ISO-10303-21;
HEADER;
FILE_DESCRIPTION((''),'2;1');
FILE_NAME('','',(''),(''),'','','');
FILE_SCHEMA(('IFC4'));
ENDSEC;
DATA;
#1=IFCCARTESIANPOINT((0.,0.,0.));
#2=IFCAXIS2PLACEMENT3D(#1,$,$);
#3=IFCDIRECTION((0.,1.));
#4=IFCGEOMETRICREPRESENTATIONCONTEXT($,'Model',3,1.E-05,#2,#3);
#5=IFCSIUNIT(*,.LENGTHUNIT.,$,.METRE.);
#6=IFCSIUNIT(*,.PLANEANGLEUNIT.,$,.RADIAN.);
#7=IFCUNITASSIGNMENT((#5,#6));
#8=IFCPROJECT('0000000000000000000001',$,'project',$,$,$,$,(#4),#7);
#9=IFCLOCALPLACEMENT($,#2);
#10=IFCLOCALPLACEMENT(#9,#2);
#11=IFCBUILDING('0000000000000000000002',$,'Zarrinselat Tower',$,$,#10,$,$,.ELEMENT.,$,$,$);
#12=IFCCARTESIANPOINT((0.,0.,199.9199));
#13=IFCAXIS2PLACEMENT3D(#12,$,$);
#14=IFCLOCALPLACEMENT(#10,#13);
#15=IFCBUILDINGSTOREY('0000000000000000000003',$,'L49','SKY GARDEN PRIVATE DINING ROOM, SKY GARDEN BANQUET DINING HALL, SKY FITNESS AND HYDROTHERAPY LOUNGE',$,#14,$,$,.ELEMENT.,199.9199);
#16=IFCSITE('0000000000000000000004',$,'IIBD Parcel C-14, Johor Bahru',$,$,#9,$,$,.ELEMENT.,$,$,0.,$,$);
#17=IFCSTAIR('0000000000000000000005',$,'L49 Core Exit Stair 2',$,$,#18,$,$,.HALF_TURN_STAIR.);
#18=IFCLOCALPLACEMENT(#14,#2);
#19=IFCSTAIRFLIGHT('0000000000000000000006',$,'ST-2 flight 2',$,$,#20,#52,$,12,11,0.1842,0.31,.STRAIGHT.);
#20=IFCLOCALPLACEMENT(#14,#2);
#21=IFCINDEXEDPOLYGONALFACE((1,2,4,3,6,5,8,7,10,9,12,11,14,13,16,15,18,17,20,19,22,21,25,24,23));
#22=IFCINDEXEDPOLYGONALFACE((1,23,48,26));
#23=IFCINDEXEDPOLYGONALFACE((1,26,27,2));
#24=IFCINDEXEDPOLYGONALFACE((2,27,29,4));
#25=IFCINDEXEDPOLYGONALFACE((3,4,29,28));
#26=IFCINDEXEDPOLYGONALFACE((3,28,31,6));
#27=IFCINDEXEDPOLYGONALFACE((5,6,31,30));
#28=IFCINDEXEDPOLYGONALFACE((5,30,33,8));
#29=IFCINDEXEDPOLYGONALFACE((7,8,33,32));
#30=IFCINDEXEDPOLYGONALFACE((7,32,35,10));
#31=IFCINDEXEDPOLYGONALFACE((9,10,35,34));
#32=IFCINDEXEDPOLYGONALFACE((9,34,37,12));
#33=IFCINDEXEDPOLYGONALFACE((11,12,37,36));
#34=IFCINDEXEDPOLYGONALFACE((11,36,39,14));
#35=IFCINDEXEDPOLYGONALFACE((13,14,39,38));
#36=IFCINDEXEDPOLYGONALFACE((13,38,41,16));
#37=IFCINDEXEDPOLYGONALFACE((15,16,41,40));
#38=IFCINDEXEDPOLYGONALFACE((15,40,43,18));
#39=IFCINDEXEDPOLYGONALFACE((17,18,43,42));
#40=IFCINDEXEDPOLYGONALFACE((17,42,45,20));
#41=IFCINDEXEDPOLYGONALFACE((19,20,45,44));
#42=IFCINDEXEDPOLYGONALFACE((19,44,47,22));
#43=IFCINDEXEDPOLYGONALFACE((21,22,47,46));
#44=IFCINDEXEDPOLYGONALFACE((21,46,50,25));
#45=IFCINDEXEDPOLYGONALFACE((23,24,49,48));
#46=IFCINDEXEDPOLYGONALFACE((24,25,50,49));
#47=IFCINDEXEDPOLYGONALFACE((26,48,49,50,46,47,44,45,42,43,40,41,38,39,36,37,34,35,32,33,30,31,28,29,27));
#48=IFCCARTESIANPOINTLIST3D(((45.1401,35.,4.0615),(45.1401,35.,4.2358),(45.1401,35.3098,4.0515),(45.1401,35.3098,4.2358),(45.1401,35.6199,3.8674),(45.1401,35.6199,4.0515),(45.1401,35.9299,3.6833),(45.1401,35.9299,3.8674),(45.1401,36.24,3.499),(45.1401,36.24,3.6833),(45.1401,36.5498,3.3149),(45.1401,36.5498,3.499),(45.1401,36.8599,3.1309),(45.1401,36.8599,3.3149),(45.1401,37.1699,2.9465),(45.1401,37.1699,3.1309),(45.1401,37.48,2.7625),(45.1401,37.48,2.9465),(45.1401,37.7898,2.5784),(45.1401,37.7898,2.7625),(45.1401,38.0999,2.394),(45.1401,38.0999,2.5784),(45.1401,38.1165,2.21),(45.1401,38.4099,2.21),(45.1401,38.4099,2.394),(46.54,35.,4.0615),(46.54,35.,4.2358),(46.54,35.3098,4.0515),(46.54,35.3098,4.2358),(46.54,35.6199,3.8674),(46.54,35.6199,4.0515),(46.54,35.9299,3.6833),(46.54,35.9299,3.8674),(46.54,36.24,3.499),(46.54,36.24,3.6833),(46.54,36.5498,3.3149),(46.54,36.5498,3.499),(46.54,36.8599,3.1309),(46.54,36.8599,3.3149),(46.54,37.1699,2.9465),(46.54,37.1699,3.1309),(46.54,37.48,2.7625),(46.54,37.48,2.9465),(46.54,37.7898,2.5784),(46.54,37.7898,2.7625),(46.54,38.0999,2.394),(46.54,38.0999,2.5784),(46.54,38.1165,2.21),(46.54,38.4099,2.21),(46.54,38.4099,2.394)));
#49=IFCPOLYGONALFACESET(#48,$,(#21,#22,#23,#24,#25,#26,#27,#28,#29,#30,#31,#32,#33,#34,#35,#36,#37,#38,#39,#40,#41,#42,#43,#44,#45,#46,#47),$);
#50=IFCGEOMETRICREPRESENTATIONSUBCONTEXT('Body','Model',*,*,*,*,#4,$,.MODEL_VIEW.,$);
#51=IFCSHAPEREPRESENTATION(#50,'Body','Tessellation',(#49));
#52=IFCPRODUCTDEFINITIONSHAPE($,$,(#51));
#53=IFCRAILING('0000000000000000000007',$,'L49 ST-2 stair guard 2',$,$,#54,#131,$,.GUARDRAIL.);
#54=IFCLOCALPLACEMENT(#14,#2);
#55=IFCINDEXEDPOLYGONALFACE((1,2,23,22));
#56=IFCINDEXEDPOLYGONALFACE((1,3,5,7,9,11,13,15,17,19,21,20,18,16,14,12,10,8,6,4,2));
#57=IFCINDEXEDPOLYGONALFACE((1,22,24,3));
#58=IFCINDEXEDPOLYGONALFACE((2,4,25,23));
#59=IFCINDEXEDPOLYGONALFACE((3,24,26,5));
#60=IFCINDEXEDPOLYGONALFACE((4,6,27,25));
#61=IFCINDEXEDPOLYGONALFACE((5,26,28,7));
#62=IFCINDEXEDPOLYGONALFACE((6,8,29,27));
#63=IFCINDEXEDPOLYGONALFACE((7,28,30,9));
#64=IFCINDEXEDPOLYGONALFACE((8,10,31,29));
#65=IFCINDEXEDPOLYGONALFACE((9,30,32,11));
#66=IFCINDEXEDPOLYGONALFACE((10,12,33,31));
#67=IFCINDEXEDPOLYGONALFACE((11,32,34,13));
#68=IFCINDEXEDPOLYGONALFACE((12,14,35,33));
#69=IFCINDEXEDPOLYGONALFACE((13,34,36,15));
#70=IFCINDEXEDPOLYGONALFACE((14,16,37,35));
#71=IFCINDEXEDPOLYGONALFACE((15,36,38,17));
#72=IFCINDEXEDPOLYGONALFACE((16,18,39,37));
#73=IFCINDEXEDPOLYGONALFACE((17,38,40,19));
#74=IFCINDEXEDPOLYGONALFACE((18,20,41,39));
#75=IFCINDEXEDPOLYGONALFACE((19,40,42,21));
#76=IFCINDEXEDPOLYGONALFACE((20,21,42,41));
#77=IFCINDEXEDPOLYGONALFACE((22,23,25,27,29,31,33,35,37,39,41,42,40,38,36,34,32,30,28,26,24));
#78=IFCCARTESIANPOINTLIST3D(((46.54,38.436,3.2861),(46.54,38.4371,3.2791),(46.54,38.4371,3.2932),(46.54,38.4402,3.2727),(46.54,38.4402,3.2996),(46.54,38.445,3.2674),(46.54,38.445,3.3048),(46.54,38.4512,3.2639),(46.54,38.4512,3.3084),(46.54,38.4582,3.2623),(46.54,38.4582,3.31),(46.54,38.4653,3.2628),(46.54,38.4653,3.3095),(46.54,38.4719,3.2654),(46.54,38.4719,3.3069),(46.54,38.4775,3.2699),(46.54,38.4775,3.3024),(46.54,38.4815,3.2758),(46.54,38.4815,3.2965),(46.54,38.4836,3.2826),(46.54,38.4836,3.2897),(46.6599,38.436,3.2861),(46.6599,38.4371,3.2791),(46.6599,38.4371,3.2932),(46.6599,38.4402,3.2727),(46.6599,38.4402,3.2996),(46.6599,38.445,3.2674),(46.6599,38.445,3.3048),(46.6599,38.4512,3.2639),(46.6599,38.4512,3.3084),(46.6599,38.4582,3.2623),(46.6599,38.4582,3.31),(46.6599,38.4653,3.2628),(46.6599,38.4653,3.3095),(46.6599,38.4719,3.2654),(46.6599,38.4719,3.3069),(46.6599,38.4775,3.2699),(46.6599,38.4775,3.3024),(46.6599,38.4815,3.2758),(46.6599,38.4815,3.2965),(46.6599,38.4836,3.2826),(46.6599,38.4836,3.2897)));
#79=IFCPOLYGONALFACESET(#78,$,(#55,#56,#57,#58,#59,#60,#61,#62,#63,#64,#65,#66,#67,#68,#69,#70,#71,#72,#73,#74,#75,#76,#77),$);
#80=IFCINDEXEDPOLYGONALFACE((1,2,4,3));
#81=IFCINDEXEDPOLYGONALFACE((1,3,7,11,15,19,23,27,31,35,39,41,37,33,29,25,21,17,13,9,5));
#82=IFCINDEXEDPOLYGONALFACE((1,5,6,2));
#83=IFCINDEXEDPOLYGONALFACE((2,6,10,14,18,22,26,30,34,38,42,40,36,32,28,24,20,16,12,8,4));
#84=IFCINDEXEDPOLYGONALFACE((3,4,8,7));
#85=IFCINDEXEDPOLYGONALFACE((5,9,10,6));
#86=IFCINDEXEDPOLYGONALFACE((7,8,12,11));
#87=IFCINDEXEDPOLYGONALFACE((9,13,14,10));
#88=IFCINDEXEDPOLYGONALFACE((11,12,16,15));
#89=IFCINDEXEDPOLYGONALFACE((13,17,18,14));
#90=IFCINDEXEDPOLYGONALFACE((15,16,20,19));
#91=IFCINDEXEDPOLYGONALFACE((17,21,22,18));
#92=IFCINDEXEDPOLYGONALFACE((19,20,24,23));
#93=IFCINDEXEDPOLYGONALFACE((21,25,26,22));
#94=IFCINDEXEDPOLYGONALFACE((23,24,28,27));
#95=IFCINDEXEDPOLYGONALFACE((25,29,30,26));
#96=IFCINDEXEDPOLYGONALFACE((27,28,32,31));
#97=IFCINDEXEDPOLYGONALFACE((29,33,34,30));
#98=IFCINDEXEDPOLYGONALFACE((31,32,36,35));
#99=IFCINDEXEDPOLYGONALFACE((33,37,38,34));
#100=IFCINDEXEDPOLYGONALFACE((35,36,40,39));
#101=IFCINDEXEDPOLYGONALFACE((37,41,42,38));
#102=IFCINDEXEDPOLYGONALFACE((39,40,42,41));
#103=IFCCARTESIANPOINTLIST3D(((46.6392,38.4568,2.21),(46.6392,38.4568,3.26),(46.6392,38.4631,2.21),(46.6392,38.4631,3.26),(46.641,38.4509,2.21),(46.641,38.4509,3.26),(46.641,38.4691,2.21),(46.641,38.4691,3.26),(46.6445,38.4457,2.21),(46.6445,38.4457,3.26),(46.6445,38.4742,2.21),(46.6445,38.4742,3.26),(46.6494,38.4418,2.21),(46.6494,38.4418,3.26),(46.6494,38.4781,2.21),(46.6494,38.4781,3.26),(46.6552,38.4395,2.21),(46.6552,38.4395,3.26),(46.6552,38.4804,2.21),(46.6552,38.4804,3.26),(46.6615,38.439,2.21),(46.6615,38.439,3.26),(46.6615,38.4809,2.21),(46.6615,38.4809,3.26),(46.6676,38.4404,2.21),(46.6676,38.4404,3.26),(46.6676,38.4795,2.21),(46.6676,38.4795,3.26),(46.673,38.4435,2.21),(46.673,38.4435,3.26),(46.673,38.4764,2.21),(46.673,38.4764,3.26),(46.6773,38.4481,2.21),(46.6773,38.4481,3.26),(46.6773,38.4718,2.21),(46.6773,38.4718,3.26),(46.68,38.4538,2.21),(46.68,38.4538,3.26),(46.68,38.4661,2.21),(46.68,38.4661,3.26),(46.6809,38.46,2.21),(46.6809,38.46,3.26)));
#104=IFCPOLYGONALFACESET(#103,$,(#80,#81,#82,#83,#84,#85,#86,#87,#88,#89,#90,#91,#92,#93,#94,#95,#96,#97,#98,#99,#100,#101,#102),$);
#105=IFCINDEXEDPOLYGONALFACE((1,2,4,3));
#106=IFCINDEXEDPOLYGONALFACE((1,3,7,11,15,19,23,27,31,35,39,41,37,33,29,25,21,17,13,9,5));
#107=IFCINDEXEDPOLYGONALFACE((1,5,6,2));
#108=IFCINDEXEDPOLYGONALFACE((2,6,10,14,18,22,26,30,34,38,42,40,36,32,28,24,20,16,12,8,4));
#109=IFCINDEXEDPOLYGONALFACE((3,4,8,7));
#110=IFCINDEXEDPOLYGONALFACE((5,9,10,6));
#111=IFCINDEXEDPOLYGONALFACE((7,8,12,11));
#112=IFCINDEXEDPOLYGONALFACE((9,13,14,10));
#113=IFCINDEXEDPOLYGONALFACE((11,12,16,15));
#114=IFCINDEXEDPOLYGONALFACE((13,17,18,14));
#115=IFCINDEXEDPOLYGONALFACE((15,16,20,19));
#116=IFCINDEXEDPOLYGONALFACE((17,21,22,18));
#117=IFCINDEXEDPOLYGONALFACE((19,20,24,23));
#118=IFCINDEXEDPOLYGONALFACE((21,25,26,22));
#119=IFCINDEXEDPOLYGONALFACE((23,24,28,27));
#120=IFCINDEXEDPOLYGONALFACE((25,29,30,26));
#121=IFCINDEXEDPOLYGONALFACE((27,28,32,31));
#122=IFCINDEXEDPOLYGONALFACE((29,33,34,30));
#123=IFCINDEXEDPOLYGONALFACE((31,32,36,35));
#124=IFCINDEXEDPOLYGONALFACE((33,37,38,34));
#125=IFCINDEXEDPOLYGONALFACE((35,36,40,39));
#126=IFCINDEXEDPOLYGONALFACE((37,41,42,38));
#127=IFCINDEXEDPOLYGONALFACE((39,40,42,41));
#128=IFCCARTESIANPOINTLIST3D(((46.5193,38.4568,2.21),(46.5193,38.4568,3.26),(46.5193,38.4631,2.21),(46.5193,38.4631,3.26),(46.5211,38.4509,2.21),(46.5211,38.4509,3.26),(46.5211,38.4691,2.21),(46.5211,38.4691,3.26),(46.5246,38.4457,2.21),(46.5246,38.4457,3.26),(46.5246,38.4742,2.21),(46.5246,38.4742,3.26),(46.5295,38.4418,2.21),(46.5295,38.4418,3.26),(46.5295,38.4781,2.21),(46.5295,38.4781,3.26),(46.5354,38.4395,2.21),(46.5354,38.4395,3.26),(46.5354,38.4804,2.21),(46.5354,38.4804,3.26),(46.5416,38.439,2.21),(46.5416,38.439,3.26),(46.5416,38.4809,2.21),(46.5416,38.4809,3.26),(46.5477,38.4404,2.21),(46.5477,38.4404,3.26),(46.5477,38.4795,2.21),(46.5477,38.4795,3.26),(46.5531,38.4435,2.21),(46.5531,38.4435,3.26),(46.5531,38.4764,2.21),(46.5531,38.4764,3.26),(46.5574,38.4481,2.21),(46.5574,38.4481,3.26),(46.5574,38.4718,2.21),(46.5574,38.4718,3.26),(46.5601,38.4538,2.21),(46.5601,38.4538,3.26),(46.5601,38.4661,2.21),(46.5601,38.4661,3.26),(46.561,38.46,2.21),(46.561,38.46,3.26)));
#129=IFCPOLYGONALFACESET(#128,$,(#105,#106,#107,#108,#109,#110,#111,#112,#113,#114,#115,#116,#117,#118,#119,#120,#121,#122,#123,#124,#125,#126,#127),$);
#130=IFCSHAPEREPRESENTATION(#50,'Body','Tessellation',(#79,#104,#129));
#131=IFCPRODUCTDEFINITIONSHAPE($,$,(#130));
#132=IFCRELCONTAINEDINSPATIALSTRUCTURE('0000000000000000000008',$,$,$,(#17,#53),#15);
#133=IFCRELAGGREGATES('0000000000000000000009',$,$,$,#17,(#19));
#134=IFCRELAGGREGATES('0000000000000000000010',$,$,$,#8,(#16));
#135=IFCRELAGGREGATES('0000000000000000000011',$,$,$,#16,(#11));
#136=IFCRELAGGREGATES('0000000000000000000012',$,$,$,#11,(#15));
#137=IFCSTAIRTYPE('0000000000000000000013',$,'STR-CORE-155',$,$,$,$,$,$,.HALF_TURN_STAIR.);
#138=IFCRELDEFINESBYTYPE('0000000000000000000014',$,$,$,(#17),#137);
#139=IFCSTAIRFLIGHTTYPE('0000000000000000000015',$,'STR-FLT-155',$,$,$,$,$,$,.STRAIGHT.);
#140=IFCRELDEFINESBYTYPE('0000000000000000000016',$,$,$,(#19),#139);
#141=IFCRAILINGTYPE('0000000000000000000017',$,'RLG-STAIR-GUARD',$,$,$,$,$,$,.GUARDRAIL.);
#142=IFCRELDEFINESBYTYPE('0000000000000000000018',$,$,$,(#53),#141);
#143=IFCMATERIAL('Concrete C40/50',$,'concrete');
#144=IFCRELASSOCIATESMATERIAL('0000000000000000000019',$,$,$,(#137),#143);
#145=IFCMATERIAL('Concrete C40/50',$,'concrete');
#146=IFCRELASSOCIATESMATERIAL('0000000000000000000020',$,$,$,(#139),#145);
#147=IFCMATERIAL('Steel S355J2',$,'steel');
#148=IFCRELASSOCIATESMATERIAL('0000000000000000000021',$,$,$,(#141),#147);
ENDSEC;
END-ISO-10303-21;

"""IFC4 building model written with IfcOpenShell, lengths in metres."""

from ifc_helpers import new_model, si_unit, direction, frame, origin, origin_2d, place, context, subcontext, project, spatial, polyline, circle, outline, extrude, material, type_object, element, aggregate, save


model = new_model("IFC4")

# Units and contexts
model_context = context("Model", 3, precision=1e-05, world=origin(), true_north=direction((0.0, 1.0)))
body_context = subcontext(model_context, "Body", "Model", "MODEL_VIEW")
ifc_project = project(units=[si_unit("LENGTHUNIT", "METRE"), si_unit("PLANEANGLEUNIT", "RADIAN")], contexts=[model_context])

# Site, building, storey
site_placement = place(None, origin())
site = spatial("IfcSite", under=ifc_project, at=site_placement, Name="IIBD Parcel C-14, Johor Bahru", CompositionType="ELEMENT", RefElevation=0.0)
building_placement = place(site_placement, origin())
building = spatial("IfcBuilding", under=site, at=building_placement, Name="Zarrinselat Tower", CompositionType="ELEMENT")
storey_placement = place(building_placement, frame((0.0, 0.0, 199.9199)))
storey = spatial("IfcBuildingStorey", under=building, at=storey_placement, Name="L49", Description="SKY GARDEN PRIVATE DINING ROOM, SKY GARDEN BANQUET DINING HALL, SKY FITNESS AND HYDROTHERAPY LOUNGE", CompositionType="ELEMENT", Elevation=199.9199)

# Stair, stair flight
ifc_material_1 = material(Name="Concrete C40/50", Category="concrete")
stair_type = type_object("IfcStairType", Name="STR-CORE-155", PredefinedType="HALF_TURN_STAIR", material=ifc_material_1)
stair_placement = place(storey_placement, origin())
stair = element("IfcStair", 1, at=stair_placement, inside=storey, type_object=stair_type, Name="L49 Core Exit Stair 2", PredefinedType="HALF_TURN_STAIR")
ifc_material_2 = material(Name="Concrete C40/50", Category="concrete")
stair_flight_type = type_object("IfcStairFlightType", Name="STR-FLT-155", PredefinedType="STRAIGHT", material=ifc_material_2)
stair_flight_placement = place(storey_placement, frame((45.8401, 38.4099, 2.21), z_axis=(0.0, 0.0, 1.0), x_axis=(0.0, -1.0, 0.0)))
stair_flight = element("IfcStairFlight", 2, at=stair_flight_placement, type_object=stair_flight_type, Name="ST-2 flight 2", NumberOfRisers=12, NumberOfTreads=11, PredefinedType="STRAIGHT", RiserHeight=0.1842, TreadLength=0.31, context=body_context, shape_type="SweptSolid", body=[
    extrude(outline(polyline([(0.0, 0.0), (0.0, 0.1841), (0.3101, 0.1841), (0.3101, 0.3684), (0.6201, 0.3684), (0.6201, 0.5525), (0.9299, 0.5525), (0.9299, 0.7366), (1.24, 0.7366), (1.24, 0.9209), (1.55, 0.9209), (1.55, 1.105), (1.8601, 1.105), (1.8601, 1.2891), (2.1699, 1.2891), (2.1699, 1.4734), (2.48, 1.4734), (2.48, 1.6575), (2.79, 1.6575), (2.79, 1.8416), (3.1001, 1.8416), (3.1001, 2.0259), (3.4099, 2.0259), (3.4099, 2.21), (3.4099, 1.8516), (0.2935, 0.0), (0.0, 0.0)])), frame((0.0, 0.7, 0.0), z_axis=(0.0, -1.0, 0.0), x_axis=(1.0, 0.0, 0.0)), (0.0, 0.0, 1.0), 1.3999),
])
aggregate(stair, [stair_flight])

# Railing
ifc_material_3 = material(Name="Steel S355J2", Category="steel")
railing_type_1 = type_object("IfcRailingType", Name="RLG-STAIR-GUARD", PredefinedType="GUARDRAIL", material=ifc_material_3)
railing_1_placement = place(storey_placement, frame((46.6599, 38.46, 2.21)))
element("IfcRailing", 3, at=railing_1_placement, inside=storey, type_object=railing_type_1, Name="L49 ST-2 stair guard 2", PredefinedType="GUARDRAIL", context=body_context, shape_type="SweptSolid", body=[
    extrude(circle(Radius=0.0239, at=origin_2d()), frame((0.0, 0.0, 1.0762), z_axis=(-1.0, 0.0, 0.0), x_axis=(0.0, -1.0, 0.0)), (0.0, 0.0, 1.0), 0.1199),
    extrude(circle(Radius=0.021, at=origin_2d()), origin(), (0.0, 0.0, 1.0), 1.05),
    extrude(circle(Radius=0.021, at=origin_2d()), frame((-0.1199, 0.0, 0.0)), (0.0, 0.0, 1.0), 1.05),
])

save(model, "model.ifc")
